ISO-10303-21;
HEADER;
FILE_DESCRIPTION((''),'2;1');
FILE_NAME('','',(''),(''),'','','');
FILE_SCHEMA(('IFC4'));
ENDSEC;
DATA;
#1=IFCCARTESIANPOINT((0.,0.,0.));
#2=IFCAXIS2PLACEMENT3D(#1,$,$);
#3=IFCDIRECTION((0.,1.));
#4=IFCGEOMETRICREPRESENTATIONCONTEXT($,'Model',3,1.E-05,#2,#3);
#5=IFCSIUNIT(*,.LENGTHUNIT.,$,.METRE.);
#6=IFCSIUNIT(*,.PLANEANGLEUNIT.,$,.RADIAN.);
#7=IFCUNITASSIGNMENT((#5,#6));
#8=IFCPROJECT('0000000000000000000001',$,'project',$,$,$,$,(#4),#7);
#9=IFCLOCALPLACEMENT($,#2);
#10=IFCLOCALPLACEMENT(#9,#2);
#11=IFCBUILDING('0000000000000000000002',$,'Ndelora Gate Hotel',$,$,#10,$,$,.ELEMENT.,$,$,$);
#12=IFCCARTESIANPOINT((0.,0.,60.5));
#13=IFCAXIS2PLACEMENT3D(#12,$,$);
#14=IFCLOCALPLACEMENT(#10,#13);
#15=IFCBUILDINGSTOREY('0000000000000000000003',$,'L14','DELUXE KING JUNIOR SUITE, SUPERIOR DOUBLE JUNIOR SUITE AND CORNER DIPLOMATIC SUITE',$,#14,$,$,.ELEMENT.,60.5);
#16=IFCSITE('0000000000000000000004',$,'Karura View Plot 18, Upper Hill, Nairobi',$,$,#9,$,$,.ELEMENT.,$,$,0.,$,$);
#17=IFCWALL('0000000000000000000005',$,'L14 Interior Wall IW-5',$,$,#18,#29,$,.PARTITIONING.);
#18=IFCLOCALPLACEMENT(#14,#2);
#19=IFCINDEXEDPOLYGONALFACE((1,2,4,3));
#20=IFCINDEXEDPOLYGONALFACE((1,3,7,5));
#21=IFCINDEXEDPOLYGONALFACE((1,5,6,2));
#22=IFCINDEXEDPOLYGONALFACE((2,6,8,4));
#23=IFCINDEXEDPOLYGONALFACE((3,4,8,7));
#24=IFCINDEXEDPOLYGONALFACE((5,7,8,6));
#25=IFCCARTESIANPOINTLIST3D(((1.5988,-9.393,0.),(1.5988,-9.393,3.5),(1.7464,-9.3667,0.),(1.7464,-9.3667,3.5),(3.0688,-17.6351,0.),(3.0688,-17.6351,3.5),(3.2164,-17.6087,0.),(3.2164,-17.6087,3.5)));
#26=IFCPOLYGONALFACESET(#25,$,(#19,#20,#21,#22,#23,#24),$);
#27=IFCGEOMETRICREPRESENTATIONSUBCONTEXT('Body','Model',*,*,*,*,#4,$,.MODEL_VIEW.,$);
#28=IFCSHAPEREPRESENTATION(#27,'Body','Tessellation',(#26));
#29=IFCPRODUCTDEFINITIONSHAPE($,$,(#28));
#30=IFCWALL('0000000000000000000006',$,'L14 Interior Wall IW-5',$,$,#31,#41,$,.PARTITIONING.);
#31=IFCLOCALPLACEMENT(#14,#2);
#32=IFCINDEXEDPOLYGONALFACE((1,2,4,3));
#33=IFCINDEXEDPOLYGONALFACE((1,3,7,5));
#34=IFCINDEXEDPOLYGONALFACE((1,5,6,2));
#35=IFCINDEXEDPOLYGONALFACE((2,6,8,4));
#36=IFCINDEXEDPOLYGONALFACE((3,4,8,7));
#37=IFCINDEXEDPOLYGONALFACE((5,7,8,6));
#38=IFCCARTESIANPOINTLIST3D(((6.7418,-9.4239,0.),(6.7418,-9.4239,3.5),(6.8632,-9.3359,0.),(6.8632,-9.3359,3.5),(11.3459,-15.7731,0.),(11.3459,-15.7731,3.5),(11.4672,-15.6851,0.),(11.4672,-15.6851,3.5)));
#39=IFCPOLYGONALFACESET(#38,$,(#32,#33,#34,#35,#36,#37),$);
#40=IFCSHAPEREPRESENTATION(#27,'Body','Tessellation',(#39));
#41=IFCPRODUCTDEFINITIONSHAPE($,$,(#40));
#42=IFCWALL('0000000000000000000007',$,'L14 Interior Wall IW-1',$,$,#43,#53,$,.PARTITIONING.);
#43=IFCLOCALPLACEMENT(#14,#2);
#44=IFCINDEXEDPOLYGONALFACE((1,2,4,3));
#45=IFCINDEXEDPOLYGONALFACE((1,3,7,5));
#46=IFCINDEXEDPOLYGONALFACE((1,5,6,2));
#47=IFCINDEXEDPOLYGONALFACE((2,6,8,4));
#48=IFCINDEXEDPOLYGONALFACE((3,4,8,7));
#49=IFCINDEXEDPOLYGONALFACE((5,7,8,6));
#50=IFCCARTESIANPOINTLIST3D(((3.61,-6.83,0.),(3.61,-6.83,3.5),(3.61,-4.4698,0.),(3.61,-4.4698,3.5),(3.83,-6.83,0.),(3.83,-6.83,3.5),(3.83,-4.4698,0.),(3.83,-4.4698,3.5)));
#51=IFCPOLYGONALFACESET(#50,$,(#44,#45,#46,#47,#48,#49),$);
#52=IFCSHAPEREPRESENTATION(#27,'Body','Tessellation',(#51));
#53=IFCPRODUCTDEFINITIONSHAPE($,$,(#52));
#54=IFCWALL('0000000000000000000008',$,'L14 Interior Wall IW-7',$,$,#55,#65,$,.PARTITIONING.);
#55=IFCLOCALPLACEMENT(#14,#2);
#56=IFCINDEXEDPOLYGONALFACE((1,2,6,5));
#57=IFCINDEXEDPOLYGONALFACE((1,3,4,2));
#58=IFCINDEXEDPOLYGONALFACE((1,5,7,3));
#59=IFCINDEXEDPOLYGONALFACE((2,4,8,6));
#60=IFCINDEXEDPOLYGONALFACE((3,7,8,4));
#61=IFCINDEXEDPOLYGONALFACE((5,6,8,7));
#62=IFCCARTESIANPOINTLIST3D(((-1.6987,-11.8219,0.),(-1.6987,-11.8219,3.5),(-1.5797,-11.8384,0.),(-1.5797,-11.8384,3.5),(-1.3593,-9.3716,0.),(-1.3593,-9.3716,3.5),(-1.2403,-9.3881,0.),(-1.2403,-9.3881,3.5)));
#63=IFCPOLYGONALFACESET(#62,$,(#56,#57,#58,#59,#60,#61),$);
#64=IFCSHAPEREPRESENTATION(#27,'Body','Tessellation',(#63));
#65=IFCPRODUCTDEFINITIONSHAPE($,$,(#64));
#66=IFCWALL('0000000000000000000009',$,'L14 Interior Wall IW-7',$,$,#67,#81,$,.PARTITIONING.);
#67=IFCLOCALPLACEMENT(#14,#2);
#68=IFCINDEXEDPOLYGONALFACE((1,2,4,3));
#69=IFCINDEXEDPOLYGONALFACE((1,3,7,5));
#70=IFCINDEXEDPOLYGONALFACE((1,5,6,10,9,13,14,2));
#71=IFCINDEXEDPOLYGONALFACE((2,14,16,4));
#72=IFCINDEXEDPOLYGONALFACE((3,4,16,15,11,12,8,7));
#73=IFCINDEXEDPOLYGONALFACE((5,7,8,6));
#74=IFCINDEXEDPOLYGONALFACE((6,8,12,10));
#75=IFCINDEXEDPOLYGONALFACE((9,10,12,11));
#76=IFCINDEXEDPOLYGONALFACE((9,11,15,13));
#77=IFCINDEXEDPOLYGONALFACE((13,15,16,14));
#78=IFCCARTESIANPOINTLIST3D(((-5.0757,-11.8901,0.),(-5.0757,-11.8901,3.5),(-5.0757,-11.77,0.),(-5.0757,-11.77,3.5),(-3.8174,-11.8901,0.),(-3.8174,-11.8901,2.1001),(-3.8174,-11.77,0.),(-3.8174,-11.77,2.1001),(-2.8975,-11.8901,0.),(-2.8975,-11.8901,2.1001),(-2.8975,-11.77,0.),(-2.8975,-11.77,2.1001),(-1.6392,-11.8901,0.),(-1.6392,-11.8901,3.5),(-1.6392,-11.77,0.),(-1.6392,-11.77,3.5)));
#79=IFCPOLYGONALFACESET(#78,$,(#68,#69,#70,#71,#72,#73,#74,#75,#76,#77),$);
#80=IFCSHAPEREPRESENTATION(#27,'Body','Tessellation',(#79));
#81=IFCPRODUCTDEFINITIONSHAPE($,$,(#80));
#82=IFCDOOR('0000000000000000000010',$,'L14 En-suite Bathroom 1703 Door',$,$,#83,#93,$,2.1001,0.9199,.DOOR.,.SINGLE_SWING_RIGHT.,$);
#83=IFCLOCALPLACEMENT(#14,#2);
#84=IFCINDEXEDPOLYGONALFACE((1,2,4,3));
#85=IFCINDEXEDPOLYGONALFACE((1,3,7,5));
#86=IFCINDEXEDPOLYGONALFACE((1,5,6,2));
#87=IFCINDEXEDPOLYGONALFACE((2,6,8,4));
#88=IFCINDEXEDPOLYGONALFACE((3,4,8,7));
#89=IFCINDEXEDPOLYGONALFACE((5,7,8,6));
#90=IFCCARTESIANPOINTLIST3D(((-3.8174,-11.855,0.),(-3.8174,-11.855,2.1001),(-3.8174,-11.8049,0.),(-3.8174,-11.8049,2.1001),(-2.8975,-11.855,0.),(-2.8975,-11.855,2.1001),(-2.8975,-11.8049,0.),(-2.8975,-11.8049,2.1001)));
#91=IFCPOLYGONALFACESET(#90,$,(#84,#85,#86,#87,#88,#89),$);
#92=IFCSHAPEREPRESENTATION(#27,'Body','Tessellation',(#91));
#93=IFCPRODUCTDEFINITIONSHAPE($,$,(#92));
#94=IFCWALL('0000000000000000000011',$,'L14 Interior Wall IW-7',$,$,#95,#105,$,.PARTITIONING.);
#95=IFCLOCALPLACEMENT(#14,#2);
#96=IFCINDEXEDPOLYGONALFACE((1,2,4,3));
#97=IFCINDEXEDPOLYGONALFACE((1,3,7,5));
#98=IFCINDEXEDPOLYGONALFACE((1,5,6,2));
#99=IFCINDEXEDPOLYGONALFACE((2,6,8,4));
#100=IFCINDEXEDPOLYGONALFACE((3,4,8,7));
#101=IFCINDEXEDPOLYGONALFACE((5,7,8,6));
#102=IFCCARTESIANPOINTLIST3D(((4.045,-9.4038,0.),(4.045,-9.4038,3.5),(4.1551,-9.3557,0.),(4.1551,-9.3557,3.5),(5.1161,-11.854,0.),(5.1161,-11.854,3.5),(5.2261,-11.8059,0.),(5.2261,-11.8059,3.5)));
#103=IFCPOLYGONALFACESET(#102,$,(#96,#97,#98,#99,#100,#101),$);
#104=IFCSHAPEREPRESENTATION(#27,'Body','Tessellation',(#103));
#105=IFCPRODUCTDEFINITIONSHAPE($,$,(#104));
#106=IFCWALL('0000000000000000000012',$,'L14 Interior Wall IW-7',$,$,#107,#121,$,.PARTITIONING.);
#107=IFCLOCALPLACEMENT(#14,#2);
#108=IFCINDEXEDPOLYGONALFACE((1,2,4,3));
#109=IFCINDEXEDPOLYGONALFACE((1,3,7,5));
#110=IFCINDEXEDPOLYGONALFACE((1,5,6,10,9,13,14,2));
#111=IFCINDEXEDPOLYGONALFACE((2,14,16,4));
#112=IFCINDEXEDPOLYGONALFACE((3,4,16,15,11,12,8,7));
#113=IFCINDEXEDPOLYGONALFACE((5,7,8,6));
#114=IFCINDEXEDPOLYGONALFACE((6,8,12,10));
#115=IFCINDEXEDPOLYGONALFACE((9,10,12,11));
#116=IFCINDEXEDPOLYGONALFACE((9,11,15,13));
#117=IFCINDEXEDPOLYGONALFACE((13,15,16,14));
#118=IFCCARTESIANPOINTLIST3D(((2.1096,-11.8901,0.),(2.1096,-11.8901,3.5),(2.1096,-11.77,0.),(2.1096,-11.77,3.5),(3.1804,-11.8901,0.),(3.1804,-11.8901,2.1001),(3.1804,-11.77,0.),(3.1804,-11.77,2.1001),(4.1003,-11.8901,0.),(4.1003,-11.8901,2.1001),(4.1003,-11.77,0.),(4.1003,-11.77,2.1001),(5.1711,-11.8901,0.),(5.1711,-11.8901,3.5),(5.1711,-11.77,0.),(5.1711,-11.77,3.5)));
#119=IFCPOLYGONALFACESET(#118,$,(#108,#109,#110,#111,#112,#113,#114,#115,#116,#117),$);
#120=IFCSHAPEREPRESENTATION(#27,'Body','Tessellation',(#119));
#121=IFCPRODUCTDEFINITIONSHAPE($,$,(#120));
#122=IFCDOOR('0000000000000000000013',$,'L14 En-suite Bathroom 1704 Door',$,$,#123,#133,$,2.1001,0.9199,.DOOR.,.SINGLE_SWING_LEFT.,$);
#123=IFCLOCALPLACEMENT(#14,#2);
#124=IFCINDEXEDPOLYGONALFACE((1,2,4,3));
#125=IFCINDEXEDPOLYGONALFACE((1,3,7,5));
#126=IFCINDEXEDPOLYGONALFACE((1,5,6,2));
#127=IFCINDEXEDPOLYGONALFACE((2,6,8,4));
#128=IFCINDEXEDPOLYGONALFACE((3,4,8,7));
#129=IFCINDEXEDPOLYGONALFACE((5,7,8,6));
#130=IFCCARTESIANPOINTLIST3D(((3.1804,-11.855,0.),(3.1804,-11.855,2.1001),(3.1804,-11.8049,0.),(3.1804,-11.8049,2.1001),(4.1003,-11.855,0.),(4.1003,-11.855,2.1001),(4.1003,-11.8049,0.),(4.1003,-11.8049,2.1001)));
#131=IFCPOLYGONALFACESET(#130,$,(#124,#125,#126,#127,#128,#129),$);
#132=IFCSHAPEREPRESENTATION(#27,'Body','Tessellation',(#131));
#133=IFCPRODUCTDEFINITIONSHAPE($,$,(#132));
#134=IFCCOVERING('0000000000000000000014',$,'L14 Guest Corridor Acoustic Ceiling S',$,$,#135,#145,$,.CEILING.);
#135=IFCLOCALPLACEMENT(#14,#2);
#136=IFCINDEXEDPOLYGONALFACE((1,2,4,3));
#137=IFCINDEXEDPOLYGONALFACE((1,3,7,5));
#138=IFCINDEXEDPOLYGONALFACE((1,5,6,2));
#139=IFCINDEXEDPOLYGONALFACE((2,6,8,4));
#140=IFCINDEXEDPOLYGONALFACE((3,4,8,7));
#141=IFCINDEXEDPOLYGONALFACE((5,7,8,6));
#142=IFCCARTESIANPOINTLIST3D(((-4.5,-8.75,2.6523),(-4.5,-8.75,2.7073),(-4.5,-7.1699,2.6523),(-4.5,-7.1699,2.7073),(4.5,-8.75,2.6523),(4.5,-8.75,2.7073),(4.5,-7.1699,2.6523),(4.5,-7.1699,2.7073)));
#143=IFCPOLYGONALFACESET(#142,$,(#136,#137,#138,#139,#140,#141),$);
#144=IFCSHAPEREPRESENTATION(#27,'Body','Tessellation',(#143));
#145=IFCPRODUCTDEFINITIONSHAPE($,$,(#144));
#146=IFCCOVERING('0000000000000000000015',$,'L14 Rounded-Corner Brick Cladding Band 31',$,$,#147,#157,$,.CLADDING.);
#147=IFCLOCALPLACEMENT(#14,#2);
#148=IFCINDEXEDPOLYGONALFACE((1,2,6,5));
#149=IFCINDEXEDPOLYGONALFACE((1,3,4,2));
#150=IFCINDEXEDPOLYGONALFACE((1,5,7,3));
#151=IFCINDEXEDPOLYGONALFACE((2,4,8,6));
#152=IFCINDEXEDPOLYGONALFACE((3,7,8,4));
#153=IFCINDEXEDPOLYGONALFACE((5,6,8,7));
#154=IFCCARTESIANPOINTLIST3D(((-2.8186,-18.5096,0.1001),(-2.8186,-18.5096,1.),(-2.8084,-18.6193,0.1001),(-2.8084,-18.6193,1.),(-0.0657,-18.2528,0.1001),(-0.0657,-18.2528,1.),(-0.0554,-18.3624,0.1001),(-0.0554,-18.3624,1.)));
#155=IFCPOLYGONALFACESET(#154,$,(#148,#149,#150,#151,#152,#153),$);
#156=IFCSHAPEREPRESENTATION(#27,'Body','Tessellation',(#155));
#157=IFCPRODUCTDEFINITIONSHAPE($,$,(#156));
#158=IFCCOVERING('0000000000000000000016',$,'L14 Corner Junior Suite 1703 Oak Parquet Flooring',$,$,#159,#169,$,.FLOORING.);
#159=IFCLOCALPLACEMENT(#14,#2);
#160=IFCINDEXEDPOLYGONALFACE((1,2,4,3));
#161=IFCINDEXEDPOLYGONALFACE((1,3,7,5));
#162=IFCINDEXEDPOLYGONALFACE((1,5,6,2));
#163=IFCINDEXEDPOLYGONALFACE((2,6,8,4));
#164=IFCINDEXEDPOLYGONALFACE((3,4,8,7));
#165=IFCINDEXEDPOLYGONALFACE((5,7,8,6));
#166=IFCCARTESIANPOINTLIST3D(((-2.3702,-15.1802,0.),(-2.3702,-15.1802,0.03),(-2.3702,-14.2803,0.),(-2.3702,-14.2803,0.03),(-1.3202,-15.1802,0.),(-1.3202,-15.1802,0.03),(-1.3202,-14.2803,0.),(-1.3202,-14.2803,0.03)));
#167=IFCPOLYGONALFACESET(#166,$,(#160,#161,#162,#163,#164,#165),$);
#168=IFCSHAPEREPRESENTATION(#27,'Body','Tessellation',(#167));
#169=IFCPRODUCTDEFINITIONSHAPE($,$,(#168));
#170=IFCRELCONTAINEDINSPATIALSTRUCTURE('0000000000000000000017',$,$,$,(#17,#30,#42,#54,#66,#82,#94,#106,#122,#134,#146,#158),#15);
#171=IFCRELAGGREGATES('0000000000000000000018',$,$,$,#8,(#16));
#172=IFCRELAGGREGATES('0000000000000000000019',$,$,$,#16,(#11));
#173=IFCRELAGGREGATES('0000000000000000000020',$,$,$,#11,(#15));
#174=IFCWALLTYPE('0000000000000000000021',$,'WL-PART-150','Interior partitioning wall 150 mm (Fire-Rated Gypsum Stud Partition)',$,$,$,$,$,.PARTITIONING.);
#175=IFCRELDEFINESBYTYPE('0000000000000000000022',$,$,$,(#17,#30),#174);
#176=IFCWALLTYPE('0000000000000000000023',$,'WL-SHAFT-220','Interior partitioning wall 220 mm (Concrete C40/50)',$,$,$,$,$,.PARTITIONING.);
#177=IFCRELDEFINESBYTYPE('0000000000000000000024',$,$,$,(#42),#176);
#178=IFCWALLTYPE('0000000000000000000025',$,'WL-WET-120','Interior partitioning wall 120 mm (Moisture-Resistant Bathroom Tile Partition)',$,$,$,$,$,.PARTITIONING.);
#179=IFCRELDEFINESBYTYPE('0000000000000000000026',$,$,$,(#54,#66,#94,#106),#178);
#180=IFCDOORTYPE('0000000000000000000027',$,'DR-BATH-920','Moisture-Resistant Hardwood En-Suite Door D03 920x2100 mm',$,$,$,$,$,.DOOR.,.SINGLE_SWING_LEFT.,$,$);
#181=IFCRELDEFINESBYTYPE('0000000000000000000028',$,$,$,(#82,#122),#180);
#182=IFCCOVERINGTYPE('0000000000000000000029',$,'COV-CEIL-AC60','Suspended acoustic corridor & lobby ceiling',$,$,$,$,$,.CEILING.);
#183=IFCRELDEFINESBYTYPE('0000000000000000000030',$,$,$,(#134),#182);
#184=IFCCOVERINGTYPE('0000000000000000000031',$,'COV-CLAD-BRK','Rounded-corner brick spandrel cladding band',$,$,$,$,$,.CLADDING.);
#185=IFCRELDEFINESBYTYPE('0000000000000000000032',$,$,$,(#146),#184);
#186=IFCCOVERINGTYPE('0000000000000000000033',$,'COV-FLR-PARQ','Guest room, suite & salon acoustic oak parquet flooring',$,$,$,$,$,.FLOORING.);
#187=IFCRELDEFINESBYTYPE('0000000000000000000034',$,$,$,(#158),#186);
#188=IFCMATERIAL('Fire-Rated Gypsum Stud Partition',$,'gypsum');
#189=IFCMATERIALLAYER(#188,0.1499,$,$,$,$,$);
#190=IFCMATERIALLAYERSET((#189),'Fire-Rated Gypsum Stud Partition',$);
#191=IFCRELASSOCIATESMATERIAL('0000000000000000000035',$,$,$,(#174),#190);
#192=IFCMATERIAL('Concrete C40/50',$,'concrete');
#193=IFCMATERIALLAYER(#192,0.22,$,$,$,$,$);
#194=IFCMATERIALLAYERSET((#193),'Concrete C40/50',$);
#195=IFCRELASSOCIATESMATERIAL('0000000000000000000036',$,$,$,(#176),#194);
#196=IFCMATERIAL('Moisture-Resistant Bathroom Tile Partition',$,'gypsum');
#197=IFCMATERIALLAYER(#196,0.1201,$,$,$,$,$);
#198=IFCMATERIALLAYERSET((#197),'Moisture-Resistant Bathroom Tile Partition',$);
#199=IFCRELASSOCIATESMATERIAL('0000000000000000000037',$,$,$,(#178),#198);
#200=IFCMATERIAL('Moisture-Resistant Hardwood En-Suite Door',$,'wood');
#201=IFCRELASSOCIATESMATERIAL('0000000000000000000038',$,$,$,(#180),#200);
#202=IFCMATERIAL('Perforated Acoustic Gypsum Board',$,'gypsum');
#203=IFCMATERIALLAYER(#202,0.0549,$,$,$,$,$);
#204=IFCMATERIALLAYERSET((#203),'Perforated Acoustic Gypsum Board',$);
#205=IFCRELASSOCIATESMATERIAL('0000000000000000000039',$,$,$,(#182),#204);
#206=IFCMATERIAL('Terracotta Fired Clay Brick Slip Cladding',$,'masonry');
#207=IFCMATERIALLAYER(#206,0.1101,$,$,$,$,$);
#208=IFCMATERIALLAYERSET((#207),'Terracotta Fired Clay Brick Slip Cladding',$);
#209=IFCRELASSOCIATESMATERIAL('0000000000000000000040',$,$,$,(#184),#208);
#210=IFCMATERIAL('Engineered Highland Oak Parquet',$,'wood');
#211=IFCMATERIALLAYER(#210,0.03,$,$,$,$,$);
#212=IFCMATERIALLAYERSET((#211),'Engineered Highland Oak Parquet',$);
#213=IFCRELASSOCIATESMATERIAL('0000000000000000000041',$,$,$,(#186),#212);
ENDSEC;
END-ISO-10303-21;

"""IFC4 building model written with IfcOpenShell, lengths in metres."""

from ifc_helpers import new_model, si_unit, direction, frame, frame_2d, origin, origin_2d, place, context, subcontext, project, spatial, rectangle, extrude, material, layer, layer_set, type_object, element, fill, save


model = new_model("IFC4")

# Units and contexts
model_context = context("Model", 3, precision=1e-05, world=origin(), true_north=direction((0.0, 1.0)))
body_context = subcontext(model_context, "Body", "Model", "MODEL_VIEW")
ifc_project = project(units=[si_unit("LENGTHUNIT", "METRE"), si_unit("PLANEANGLEUNIT", "RADIAN")], contexts=[model_context])

# Site, building, storey
site_placement = place(None, origin())
site = spatial("IfcSite", under=ifc_project, at=site_placement, Name="Karura View Plot 18, Upper Hill, Nairobi", CompositionType="ELEMENT", RefElevation=0.0)
building_placement = place(site_placement, origin())
building = spatial("IfcBuilding", under=site, at=building_placement, Name="Ndelora Gate Hotel", CompositionType="ELEMENT")
storey_placement = place(building_placement, frame((0.0, 0.0, 60.5)))
storey = spatial("IfcBuildingStorey", under=building, at=storey_placement, Name="L14", Description="DELUXE KING JUNIOR SUITE, SUPERIOR DOUBLE JUNIOR SUITE AND CORNER DIPLOMATIC SUITE", CompositionType="ELEMENT", Elevation=60.5)

# Walls
ifc_material_1 = material(Name="Concrete C40/50", Category="concrete")
ifc_material_2 = material(Name="Fire-Rated Gypsum Stud Partition", Category="gypsum")
ifc_layer_1 = layer(ifc_material_2, 0.1499)
ifc_layer_set_1 = layer_set([ifc_layer_1], Name="Fire-Rated Gypsum Stud Partition")
wall_type_1 = type_object("IfcWallType", Name="WL-PART-150", Description="Interior partitioning wall 150 mm (Fire-Rated Gypsum Stud Partition)", PredefinedType="PARTITIONING", material=ifc_layer_set_1)
wall_1_placement = place(storey_placement, frame((1.6726, -9.3799, 0.0), z_axis=(0.0, 0.0, 1.0), x_axis=(0.175582, -0.984465, 0.0)))
element("IfcWall", 1, at=wall_1_placement, inside=storey, type_object=wall_type_1, Name="L14 Interior Wall IW-5", PredefinedType="PARTITIONING", context=body_context, shape_type="SweptSolid", body=[
    extrude(rectangle(XDim=8.3721, YDim=0.1499, at=frame_2d((4.186, 0.0))), origin(), (0.0, 0.0, 1.0), 3.5),
])
wall_2_placement = place(storey_placement, frame((6.8025, -9.3799, 0.0), z_axis=(0.0, 0.0, 1.0), x_axis=(0.587042, -0.809556, 0.0)))
element("IfcWall", 2, at=wall_2_placement, inside=storey, type_object=wall_type_1, Name="L14 Interior Wall IW-5", PredefinedType="PARTITIONING", context=body_context, shape_type="SweptSolid", body=[
    extrude(rectangle(XDim=7.8428, YDim=0.1499, at=frame_2d((3.9214, 0.0))), origin(), (0.0, 0.0, 1.0), 3.5),
])
ifc_layer_2 = layer(ifc_material_1, 0.22)
ifc_layer_set_2 = layer_set([ifc_layer_2], Name="Concrete C40/50")
wall_type_2 = type_object("IfcWallType", Name="WL-SHAFT-220", Description="Interior partitioning wall 220 mm (Concrete C40/50)", PredefinedType="PARTITIONING", material=ifc_layer_set_2)
wall_3_placement = place(storey_placement, frame((3.72, -6.8301, 0.0), z_axis=(0.0, 0.0, 1.0), x_axis=(0.0, 1.0, 0.0)))
element("IfcWall", 3, at=wall_3_placement, inside=storey, type_object=wall_type_2, Name="L14 Interior Wall IW-1", PredefinedType="PARTITIONING", context=body_context, shape_type="SweptSolid", body=[
    extrude(rectangle(XDim=2.3601, YDim=0.22, at=frame_2d((1.1802, 0.0))), origin(), (0.0, 0.0, 1.0), 3.5),
])
ifc_material_3 = material(Name="Moisture-Resistant Bathroom Tile Partition", Category="gypsum")
ifc_layer_3 = layer(ifc_material_3, 0.1201)
ifc_layer_set_3 = layer_set([ifc_layer_3], Name="Moisture-Resistant Bathroom Tile Partition")
wall_type_3 = type_object("IfcWallType", Name="WL-WET-120", Description="Interior partitioning wall 120 mm (Moisture-Resistant Bathroom Tile Partition)", PredefinedType="PARTITIONING", material=ifc_layer_set_3)
wall_4_placement = place(storey_placement, frame((-1.2998, -9.3799, 0.0), z_axis=(0.0, 0.0, 1.0), x_axis=(-0.137192, -0.990545, 0.0)))
element("IfcWall", 4, at=wall_4_placement, inside=storey, type_object=wall_type_3, Name="L14 Interior Wall IW-7", PredefinedType="PARTITIONING", context=body_context, shape_type="SweptSolid", body=[
    extrude(rectangle(XDim=2.4736, YDim=0.1201, at=frame_2d((1.2368, 0.0))), origin(), (0.0, 0.0, 1.0), 3.5),
])

# Wall, opening, door
wall_5_placement = place(storey_placement, frame((-1.6392, -11.8301, 0.0), z_axis=(0.0, 0.0, 1.0), x_axis=(-1.0, 0.0, 0.0)))
wall_5 = element("IfcWall", 5, at=wall_5_placement, inside=storey, type_object=wall_type_3, Name="L14 Interior Wall IW-7", PredefinedType="PARTITIONING", context=body_context, shape_type="SweptSolid", body=[
    extrude(rectangle(XDim=3.4365, YDim=0.1201, at=frame_2d((1.7183, 0.0))), origin(), (0.0, 0.0, 1.0), 3.5),
])
opening_1_placement = place(wall_5_placement, frame((1.2583, 0.0, 0.0)))
opening_1 = element("IfcOpeningElement", 6, at=opening_1_placement, cuts=wall_5, PredefinedType="OPENING", context=body_context, shape_type="SweptSolid", body=[
    extrude(rectangle(XDim=0.9199, YDim=2.1001, at=frame_2d((0.46, 1.05))), frame((0.0, 0.0701, 0.0), z_axis=(0.0, -1.0, 0.0), x_axis=(1.0, 0.0, 0.0)), (0.0, 0.0, 1.0), 0.1401),
])
ifc_material_4 = material(Name="Moisture-Resistant Hardwood En-Suite Door", Category="wood")
door_type = type_object("IfcDoorType", Name="DR-BATH-920", Description="Moisture-Resistant Hardwood En-Suite Door D03 920x2100 mm", OperationType="SINGLE_SWING_LEFT", PredefinedType="DOOR", material=ifc_material_4)
door_1_placement = place(opening_1_placement, origin())
door_1 = element("IfcDoor", 7, at=door_1_placement, inside=storey, type_object=door_type, Name="L14 En-suite Bathroom 1703 Door", OperationType="SINGLE_SWING_RIGHT", OverallHeight=2.1001, OverallWidth=0.9199, PredefinedType="DOOR", context=body_context, shape_type="SweptSolid", body=[
    extrude(rectangle(XDim=0.9199, YDim=2.1001, at=frame_2d((0.46, 1.05))), frame((0.0, 0.0249, 0.0), z_axis=(0.0, -1.0, 0.0), x_axis=(1.0, 0.0, 0.0)), (0.0, 0.0, 1.0), 0.05),
])
fill(opening_1, door_1)

# Wall
wall_6_placement = place(storey_placement, frame((4.1001, -9.3799, 0.0), z_axis=(0.0, 0.0, 1.0), x_axis=(0.400531, -0.916283, 0.0)))
element("IfcWall", 8, at=wall_6_placement, inside=storey, type_object=wall_type_3, Name="L14 Interior Wall IW-7", PredefinedType="PARTITIONING", context=body_context, shape_type="SweptSolid", body=[
    extrude(rectangle(XDim=2.6741, YDim=0.1201, at=frame_2d((1.3369, 0.0))), origin(), (0.0, 0.0, 1.0), 3.5),
])

# Wall, opening, door
wall_7_placement = place(storey_placement, frame((5.1711, -11.8301, 0.0), z_axis=(0.0, 0.0, 1.0), x_axis=(-1.0, 0.0, 0.0)))
wall_7 = element("IfcWall", 9, at=wall_7_placement, inside=storey, type_object=wall_type_3, Name="L14 Interior Wall IW-7", PredefinedType="PARTITIONING", context=body_context, shape_type="SweptSolid", body=[
    extrude(rectangle(XDim=3.0615, YDim=0.1201, at=frame_2d((1.5308, 0.0))), origin(), (0.0, 0.0, 1.0), 3.5),
])
opening_2_placement = place(wall_7_placement, frame((1.0708, 0.0, 0.0)))
opening_2 = element("IfcOpeningElement", 10, at=opening_2_placement, cuts=wall_7, PredefinedType="OPENING", context=body_context, shape_type="SweptSolid", body=[
    extrude(rectangle(XDim=0.9199, YDim=2.1001, at=frame_2d((0.46, 1.05))), frame((0.0, 0.0701, 0.0), z_axis=(0.0, -1.0, 0.0), x_axis=(1.0, 0.0, 0.0)), (0.0, 0.0, 1.0), 0.1401),
])
door_2_placement = place(opening_2_placement, origin())
door_2 = element("IfcDoor", 11, at=door_2_placement, inside=storey, type_object=door_type, Name="L14 En-suite Bathroom 1704 Door", OperationType="SINGLE_SWING_LEFT", OverallHeight=2.1001, OverallWidth=0.9199, PredefinedType="DOOR", context=body_context, shape_type="SweptSolid", body=[
    extrude(rectangle(XDim=0.9199, YDim=2.1001, at=frame_2d((0.46, 1.05))), frame((0.0, 0.0249, 0.0), z_axis=(0.0, -1.0, 0.0), x_axis=(1.0, 0.0, 0.0)), (0.0, 0.0, 1.0), 0.05),
])
fill(opening_2, door_2)

# Coverings
ifc_material_5 = material(Name="Perforated Acoustic Gypsum Board", Category="gypsum")
ifc_layer_4 = layer(ifc_material_5, 0.0549)
ifc_layer_set_4 = layer_set([ifc_layer_4], Name="Perforated Acoustic Gypsum Board")
covering_type_1 = type_object("IfcCoveringType", Name="COV-CEIL-AC60", Description="Suspended acoustic corridor & lobby ceiling", PredefinedType="CEILING", material=ifc_layer_set_4)
covering_1_placement = place(storey_placement, frame((0.0, -7.96, 2.6523), z_axis=(0.0, 0.0, 1.0), x_axis=(1.0, 0.0, 0.0)))
element("IfcCovering", 12, at=covering_1_placement, inside=storey, type_object=covering_type_1, Name="L14 Guest Corridor Acoustic Ceiling S", PredefinedType="CEILING", context=body_context, shape_type="SweptSolid", body=[
    extrude(rectangle(XDim=9.0, YDim=1.5801, at=origin_2d()), origin(), (0.0, 0.0, 1.0), 0.0549),
])
ifc_material_6 = material(Name="Terracotta Fired Clay Brick Slip Cladding", Category="masonry")
ifc_layer_5 = layer(ifc_material_6, 0.1101)
ifc_layer_set_5 = layer_set([ifc_layer_5], Name="Terracotta Fired Clay Brick Slip Cladding")
covering_type_2 = type_object("IfcCoveringType", Name="COV-CLAD-BRK", Description="Rounded-corner brick spandrel cladding band", PredefinedType="CLADDING", material=ifc_layer_set_5)
covering_2_placement = place(storey_placement, frame((-1.437, -18.436, 0.1001), z_axis=(0.0, 0.0, 1.0), x_axis=(0.995676, 0.092892, 0.0)))
element("IfcCovering", 13, at=covering_2_placement, inside=storey, type_object=covering_type_2, Name="L14 Rounded-Corner Brick Cladding Band 31", PredefinedType="CLADDING", context=body_context, shape_type="SweptSolid", body=[
    extrude(rectangle(XDim=2.7649, YDim=0.1101, at=origin_2d()), origin(), (0.0, 0.0, 1.0), 0.8999),
])
ifc_material_7 = material(Name="Engineered Highland Oak Parquet", Category="wood")
ifc_layer_6 = layer(ifc_material_7, 0.03)
ifc_layer_set_6 = layer_set([ifc_layer_6], Name="Engineered Highland Oak Parquet")
covering_type_3 = type_object("IfcCoveringType", Name="COV-FLR-PARQ", Description="Guest room, suite & salon acoustic oak parquet flooring", PredefinedType="FLOORING", material=ifc_layer_set_6)
for number, where, z_axis, x_axis, name in (
    (14, (-1.8452, -14.7302, 0.0), (0.0, 0.0, 1.0), (1.0, 0.0, 0.0), "L14 Corner Junior Suite 1703 Oak Parquet Flooring"),
):
    element("IfcCovering", number, at=place(storey_placement, frame(where, z_axis=z_axis, x_axis=x_axis)), inside=storey, type_object=covering_type_3, Name=name, PredefinedType="FLOORING", context=body_context, shape_type="SweptSolid", body=[
        extrude(rectangle(XDim=1.05, YDim=0.8999, at=origin_2d()), origin(), (0.0, 0.0, 1.0), 0.03),
    ])

save(model, "model.ifc")
